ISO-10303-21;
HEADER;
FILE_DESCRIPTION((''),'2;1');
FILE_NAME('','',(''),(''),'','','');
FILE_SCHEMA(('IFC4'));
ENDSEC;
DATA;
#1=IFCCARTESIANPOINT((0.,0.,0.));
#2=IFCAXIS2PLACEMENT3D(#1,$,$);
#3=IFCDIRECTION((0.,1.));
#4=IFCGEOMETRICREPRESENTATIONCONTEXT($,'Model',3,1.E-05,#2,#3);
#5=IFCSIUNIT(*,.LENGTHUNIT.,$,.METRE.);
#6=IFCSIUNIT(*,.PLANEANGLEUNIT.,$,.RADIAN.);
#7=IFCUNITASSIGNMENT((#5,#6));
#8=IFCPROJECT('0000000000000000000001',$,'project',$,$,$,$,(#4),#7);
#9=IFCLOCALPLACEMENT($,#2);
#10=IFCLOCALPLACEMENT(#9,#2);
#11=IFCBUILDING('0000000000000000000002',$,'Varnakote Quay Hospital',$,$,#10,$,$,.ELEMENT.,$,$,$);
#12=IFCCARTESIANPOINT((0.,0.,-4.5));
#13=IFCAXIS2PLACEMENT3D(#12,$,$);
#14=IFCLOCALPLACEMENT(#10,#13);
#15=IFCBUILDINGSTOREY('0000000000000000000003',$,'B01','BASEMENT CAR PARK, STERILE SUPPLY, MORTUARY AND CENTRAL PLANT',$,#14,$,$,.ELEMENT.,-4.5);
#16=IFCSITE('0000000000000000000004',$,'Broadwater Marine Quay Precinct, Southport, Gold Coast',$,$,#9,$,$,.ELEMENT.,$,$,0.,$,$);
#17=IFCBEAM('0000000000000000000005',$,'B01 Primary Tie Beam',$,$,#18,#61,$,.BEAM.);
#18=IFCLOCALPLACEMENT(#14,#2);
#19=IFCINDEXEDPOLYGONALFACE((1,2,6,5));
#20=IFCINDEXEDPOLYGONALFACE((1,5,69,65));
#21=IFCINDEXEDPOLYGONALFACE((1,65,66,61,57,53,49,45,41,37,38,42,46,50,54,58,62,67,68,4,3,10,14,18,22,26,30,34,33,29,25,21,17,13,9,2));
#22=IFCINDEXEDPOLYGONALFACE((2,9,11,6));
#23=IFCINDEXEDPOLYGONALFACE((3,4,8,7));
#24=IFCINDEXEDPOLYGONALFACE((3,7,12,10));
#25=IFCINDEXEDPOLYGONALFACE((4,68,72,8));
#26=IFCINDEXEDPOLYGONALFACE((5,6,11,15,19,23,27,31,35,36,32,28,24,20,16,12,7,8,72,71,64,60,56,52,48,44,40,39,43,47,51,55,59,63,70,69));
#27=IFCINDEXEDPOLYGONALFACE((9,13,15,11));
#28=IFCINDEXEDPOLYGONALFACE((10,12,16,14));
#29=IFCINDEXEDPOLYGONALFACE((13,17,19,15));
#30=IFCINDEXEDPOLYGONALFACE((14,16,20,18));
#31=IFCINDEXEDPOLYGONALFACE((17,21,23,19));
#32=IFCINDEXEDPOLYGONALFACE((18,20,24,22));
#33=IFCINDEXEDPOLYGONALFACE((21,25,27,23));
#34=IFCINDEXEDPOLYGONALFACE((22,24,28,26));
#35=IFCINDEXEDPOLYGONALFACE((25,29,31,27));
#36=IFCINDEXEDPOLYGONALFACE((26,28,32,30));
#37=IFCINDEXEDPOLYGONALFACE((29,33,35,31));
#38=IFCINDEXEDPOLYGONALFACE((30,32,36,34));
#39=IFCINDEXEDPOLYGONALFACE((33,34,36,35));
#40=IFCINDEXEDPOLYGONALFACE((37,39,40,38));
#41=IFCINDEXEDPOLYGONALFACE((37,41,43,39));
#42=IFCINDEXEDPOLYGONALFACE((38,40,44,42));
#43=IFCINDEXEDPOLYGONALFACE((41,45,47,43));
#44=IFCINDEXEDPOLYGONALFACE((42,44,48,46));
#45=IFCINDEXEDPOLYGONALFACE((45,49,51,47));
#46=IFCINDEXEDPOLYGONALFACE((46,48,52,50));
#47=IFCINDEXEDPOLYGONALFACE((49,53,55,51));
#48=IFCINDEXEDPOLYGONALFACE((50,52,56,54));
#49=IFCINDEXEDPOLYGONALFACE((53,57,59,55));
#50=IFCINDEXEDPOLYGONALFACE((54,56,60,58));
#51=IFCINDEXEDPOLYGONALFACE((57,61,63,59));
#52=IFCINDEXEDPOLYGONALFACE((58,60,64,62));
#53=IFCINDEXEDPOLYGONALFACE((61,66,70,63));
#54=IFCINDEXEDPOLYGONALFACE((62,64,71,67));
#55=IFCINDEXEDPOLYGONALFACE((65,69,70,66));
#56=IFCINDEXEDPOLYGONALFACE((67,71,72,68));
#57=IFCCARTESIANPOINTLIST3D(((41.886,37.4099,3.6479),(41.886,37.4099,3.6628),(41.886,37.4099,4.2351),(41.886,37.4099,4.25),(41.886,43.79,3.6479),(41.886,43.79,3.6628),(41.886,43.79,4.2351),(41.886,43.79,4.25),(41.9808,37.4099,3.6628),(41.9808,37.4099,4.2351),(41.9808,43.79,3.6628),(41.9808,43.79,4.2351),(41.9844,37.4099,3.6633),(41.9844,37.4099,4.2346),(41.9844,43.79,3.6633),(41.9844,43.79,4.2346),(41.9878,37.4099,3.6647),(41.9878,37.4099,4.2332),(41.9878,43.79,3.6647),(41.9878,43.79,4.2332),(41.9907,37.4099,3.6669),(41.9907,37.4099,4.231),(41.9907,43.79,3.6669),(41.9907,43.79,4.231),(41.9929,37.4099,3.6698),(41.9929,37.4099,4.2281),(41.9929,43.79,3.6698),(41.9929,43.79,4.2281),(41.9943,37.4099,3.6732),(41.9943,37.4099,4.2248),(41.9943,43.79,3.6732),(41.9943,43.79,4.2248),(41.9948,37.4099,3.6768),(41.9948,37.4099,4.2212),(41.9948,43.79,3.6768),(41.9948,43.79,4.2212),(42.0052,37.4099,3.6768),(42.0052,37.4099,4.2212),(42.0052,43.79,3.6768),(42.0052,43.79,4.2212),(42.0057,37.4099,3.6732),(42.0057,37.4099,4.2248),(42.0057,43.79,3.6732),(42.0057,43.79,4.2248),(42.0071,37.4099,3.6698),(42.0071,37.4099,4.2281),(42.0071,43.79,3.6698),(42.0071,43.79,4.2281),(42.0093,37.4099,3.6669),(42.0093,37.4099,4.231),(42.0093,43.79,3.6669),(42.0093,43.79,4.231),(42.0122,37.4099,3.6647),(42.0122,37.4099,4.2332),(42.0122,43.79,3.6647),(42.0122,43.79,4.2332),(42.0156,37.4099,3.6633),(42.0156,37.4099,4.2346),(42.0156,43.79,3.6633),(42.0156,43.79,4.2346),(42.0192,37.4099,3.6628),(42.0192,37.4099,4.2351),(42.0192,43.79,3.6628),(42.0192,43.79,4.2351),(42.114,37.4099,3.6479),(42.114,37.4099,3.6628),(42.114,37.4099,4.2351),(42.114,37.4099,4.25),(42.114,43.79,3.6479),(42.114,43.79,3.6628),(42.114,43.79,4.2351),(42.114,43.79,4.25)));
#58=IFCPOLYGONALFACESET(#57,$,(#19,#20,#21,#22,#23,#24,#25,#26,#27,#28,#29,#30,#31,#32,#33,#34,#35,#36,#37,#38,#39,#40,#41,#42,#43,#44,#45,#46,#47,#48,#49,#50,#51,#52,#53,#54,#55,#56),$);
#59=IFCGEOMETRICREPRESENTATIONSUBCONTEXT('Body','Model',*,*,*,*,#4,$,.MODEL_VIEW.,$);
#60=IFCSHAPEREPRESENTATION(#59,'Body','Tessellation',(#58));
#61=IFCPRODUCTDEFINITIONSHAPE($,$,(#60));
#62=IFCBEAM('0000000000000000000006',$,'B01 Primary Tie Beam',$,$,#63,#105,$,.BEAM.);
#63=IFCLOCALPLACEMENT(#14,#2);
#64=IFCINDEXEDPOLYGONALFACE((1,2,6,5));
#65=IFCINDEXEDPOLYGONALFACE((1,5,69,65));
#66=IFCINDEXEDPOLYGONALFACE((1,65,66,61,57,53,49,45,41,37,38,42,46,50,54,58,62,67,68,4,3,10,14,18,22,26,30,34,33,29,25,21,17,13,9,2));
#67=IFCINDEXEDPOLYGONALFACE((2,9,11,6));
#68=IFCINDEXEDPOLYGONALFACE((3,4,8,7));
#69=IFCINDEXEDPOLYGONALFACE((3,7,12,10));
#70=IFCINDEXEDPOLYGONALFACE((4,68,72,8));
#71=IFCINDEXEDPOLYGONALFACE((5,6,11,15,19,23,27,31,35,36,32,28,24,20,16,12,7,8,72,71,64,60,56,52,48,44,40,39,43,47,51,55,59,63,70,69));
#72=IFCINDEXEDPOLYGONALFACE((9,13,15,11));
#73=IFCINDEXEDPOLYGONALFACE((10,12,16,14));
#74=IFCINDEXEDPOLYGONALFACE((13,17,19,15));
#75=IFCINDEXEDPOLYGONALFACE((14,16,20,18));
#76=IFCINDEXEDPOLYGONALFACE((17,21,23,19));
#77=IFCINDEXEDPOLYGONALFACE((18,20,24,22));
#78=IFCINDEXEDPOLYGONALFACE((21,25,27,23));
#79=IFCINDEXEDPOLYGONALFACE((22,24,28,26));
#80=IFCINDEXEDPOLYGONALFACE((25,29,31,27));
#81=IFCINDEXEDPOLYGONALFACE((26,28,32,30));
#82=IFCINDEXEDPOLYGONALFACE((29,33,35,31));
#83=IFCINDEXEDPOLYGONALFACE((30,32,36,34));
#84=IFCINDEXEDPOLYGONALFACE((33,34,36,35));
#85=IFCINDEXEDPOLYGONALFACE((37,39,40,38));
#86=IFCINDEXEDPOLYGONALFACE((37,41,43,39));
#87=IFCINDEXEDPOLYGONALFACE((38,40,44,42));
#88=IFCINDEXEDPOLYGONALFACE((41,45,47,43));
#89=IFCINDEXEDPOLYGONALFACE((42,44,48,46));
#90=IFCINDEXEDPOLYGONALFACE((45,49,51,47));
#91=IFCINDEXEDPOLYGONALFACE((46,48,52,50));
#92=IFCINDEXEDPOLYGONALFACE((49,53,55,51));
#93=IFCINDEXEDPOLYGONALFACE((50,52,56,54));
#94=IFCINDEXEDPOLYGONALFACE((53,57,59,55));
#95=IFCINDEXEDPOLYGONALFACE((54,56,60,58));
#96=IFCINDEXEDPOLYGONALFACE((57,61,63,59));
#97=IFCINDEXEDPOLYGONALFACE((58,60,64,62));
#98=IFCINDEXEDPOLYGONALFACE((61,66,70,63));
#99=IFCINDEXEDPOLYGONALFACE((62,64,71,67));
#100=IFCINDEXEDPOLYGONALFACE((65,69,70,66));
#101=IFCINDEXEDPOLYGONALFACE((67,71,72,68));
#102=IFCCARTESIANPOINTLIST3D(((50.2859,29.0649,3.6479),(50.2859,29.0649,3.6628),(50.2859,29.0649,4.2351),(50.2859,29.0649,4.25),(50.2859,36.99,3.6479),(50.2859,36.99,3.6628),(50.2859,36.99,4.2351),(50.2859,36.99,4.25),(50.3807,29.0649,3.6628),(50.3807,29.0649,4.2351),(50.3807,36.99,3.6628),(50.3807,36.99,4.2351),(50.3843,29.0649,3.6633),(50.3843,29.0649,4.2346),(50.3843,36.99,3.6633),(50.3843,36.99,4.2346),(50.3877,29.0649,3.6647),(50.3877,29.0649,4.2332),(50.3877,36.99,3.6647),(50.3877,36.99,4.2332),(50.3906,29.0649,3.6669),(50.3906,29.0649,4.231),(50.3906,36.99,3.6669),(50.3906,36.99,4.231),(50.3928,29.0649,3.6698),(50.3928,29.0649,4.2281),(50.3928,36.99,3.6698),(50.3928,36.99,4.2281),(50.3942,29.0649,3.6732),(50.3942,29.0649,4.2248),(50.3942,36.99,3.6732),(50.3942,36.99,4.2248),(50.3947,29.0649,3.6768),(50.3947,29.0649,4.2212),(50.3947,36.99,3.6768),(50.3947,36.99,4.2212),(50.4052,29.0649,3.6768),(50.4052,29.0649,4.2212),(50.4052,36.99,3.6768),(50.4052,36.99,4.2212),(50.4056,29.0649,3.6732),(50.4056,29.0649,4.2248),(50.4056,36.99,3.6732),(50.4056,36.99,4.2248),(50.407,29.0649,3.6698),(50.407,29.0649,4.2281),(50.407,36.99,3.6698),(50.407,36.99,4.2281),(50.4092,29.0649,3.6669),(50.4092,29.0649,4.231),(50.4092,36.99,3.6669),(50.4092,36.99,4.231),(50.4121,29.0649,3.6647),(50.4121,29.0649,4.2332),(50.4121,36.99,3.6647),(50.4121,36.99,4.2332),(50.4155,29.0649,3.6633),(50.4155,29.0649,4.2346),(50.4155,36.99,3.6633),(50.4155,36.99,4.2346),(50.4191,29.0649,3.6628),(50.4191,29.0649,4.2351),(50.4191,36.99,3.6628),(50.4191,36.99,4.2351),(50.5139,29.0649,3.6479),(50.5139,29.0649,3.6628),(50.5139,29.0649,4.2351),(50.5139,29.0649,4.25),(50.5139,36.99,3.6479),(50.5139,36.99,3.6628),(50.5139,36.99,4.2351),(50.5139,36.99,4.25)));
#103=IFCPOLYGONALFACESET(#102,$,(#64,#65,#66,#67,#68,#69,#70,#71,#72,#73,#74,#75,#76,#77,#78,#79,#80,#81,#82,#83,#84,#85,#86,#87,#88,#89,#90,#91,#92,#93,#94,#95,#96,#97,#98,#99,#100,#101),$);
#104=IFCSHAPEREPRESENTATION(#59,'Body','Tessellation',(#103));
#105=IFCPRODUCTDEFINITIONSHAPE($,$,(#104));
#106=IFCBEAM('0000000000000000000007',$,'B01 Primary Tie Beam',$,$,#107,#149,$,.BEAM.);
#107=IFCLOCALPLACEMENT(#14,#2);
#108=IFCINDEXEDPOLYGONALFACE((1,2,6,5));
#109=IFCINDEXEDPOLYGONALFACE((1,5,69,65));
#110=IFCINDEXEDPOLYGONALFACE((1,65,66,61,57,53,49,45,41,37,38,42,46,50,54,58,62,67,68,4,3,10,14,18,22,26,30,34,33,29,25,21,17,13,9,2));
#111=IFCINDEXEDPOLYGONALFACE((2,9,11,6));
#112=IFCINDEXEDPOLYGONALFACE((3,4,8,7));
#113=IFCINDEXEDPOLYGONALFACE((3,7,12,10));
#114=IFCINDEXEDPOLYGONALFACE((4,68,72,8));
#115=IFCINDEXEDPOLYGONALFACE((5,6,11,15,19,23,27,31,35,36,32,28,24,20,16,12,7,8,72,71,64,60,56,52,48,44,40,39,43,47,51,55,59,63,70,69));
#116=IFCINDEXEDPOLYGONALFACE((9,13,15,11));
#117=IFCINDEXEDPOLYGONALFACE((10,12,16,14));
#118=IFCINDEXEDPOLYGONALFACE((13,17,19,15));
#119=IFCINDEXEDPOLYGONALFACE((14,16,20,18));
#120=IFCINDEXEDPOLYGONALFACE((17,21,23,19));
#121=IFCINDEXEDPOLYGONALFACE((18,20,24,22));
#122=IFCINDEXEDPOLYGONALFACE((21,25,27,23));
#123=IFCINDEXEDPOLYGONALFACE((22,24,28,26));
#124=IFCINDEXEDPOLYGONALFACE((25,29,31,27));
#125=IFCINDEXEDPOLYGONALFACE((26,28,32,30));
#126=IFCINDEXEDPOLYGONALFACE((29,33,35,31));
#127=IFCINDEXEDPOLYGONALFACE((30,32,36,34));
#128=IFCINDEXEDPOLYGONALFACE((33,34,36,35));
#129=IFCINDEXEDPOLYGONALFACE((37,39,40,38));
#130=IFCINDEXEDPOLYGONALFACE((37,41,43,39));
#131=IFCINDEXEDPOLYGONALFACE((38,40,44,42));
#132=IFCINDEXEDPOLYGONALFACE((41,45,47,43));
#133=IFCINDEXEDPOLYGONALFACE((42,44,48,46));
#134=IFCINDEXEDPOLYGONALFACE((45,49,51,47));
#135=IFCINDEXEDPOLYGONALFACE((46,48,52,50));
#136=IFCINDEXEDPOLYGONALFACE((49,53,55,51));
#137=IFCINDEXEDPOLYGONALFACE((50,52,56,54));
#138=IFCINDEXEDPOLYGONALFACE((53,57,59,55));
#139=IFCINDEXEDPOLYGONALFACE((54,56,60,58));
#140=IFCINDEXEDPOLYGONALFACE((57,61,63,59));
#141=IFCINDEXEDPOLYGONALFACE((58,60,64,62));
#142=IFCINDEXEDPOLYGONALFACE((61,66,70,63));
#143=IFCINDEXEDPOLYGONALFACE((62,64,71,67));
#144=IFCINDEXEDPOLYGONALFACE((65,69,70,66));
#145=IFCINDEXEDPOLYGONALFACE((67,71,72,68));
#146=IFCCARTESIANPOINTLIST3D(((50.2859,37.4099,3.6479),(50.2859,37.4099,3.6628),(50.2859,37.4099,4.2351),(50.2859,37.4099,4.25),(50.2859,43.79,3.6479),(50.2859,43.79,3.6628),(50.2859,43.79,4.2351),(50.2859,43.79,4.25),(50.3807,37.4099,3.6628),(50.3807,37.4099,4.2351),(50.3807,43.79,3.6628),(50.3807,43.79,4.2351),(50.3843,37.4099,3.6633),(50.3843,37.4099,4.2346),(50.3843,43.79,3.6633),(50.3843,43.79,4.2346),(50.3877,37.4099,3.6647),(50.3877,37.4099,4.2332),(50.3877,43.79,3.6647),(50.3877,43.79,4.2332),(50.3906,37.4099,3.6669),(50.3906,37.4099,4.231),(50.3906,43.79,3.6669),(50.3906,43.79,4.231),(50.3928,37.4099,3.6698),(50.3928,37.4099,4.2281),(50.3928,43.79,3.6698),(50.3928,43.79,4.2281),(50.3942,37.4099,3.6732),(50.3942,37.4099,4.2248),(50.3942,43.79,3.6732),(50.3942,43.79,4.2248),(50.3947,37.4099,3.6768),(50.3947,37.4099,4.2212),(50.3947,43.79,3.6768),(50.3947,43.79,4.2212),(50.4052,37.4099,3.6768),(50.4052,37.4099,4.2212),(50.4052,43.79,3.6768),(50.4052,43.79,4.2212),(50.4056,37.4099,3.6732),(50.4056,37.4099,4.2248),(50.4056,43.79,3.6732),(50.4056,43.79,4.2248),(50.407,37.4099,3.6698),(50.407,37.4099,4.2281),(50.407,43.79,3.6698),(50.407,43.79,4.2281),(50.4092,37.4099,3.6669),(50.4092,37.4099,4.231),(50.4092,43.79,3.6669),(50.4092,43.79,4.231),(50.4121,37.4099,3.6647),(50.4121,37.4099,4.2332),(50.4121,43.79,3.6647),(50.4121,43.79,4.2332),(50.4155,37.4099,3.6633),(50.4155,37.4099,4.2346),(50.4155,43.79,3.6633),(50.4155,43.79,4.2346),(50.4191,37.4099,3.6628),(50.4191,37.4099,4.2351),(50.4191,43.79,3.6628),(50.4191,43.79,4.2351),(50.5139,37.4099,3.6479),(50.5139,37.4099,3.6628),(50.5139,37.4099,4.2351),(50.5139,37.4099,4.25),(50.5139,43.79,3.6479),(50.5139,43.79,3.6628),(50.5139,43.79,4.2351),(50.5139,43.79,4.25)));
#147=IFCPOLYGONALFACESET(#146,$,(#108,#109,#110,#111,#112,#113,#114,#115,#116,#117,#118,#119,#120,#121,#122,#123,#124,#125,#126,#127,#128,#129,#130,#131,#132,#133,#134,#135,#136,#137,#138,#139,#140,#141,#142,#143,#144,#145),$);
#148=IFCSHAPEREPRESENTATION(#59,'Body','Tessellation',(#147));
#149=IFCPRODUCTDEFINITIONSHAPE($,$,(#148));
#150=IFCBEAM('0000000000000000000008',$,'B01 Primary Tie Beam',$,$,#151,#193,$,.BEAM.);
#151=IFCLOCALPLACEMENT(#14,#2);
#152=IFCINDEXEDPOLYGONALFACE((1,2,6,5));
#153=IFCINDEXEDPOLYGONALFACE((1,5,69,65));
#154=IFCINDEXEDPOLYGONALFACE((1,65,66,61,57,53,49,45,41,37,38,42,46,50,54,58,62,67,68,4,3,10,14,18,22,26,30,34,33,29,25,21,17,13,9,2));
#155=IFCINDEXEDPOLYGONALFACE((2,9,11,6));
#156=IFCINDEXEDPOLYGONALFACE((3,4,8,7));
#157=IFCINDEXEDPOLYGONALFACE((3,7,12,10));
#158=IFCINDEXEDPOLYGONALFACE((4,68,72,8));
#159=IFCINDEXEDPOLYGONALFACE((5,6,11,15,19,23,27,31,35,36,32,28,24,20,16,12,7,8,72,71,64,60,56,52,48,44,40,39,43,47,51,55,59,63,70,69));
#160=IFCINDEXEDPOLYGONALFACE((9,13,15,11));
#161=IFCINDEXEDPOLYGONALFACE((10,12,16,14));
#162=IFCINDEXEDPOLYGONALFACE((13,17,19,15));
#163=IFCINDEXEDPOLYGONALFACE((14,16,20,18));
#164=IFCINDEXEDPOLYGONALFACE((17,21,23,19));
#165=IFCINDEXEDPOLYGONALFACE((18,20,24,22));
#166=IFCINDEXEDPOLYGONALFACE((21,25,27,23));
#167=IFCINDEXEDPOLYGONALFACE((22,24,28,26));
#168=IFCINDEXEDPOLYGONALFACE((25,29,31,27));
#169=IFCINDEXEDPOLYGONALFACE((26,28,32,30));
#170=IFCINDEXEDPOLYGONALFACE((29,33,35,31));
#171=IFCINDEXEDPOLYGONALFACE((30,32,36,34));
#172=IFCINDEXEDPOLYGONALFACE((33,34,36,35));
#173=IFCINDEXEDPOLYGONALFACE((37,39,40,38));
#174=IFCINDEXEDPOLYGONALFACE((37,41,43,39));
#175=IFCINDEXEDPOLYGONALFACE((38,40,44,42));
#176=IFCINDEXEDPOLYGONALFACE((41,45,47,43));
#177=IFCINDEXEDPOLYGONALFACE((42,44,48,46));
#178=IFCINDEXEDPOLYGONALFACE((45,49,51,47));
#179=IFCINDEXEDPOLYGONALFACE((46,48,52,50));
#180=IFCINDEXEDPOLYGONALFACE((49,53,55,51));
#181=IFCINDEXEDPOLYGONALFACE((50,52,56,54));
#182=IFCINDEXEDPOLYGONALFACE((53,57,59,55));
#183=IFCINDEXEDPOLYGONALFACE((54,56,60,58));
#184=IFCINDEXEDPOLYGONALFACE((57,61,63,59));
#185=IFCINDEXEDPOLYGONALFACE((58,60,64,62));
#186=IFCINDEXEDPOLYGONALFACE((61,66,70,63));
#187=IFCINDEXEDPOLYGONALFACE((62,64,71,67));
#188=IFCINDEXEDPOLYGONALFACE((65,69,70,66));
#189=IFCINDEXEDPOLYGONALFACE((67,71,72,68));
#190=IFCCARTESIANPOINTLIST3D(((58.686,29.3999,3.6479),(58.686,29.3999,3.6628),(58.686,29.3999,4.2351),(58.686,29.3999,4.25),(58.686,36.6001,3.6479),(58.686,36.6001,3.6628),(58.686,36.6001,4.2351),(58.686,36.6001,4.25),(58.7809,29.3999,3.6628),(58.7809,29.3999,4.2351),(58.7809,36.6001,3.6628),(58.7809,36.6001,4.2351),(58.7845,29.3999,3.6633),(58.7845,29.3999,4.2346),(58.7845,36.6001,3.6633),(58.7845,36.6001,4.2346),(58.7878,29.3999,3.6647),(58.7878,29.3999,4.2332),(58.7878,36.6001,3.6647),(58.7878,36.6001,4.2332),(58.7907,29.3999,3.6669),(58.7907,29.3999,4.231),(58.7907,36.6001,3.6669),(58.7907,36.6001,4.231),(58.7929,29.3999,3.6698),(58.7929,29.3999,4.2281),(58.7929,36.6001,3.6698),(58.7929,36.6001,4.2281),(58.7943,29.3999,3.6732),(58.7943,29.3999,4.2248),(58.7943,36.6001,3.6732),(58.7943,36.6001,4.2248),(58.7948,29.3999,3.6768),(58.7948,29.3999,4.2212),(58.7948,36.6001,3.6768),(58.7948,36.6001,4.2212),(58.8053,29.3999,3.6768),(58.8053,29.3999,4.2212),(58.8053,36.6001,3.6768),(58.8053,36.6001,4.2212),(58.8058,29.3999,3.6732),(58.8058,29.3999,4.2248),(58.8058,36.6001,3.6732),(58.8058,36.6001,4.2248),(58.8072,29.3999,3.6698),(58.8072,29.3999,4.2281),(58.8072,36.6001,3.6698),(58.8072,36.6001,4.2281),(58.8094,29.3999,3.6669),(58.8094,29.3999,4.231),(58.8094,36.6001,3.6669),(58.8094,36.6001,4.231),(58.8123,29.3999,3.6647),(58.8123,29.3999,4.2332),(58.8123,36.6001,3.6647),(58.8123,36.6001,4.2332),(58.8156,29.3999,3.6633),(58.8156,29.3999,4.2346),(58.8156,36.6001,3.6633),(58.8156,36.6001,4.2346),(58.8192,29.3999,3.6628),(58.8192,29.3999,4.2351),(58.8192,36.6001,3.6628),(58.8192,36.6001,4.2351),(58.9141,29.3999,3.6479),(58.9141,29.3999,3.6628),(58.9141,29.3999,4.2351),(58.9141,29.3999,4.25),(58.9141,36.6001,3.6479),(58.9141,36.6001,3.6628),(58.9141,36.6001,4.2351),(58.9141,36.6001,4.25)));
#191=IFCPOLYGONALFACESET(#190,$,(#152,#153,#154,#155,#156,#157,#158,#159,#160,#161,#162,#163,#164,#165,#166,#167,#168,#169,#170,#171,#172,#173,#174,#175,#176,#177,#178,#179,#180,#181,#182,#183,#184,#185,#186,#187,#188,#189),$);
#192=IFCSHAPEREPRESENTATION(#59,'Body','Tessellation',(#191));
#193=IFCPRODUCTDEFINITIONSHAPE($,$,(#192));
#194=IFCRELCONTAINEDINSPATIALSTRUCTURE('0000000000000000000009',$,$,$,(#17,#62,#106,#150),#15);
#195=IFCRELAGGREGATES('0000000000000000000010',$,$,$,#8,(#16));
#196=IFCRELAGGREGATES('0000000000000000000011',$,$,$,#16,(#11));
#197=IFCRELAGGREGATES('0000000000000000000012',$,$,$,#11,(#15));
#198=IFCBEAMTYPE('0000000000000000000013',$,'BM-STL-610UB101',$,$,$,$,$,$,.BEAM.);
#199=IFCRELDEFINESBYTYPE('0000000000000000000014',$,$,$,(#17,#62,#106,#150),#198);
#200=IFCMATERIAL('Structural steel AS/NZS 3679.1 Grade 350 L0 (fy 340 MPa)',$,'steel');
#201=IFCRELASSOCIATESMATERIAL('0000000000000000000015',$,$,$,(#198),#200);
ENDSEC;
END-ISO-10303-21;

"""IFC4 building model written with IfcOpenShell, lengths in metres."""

from ifc_helpers import new_model, si_unit, direction, frame, origin, origin_2d, place, context, subcontext, project, spatial, i_section, extrude, material, material_profile, profile_set, type_object, element, save


model = new_model("IFC4")

# Units and contexts
model_context = context("Model", 3, precision=1e-05, world=origin(), true_north=direction((0.0, 1.0)))
body_context = subcontext(model_context, "Body", "Model", "MODEL_VIEW")
ifc_project = project(units=[si_unit("LENGTHUNIT", "METRE"), si_unit("PLANEANGLEUNIT", "RADIAN")], contexts=[model_context])

# Site, building, storey
site_placement = place(None, origin())
site = spatial("IfcSite", under=ifc_project, at=site_placement, Name="Broadwater Marine Quay Precinct, Southport, Gold Coast", CompositionType="ELEMENT", RefElevation=0.0)
building_placement = place(site_placement, origin())
building = spatial("IfcBuilding", under=site, at=building_placement, Name="Varnakote Quay Hospital", CompositionType="ELEMENT")
storey_placement = place(building_placement, frame((0.0, 0.0, -4.5)))
storey = spatial("IfcBuildingStorey", under=building, at=storey_placement, Name="B01", Description="BASEMENT CAR PARK, STERILE SUPPLY, MORTUARY AND CENTRAL PLANT", CompositionType="ELEMENT", Elevation=-4.5)

# Beams
ifc_material_1 = material(Name="Structural steel AS/NZS 3679.1 Grade 350 L0 (fy 340 MPa)", Category="steel")
ifc_material_profile_1 = material_profile(ifc_material_1, i_section(OverallWidth=0.228, OverallDepth=0.6021, WebThickness=0.0105, FlangeThickness=0.0149, FilletRadius=0.0139, at=origin_2d()), Name="610UB101")
ifc_profile_set_1 = profile_set([ifc_material_profile_1], Name="Structural steel AS/NZS 3679.1 Grade 350 L0 (fy 340 MPa)")
beam_type_1 = type_object("IfcBeamType", Name="BM-STL-610UB101", PredefinedType="BEAM", material=ifc_profile_set_1)
beam_1_placement = place(storey_placement, frame((42.0, 37.4099, 3.949), z_axis=(0.0, 1.0, 0.0), x_axis=(-1.0, 0.0, 0.0)))
element("IfcBeam", 1, at=beam_1_placement, inside=storey, type_object=beam_type_1, Name="B01 Primary Tie Beam", PredefinedType="BEAM", context=body_context, shape_type="SweptSolid", body=[
    extrude(i_section(OverallWidth=0.228, OverallDepth=0.6021, WebThickness=0.0105, FlangeThickness=0.0149, FilletRadius=0.0139, at=origin_2d()), origin(), (0.0, 0.0, 1.0), 6.3801),
])
beam_2_placement = place(storey_placement, frame((50.3999, 29.0649, 3.949), z_axis=(0.0, 1.0, 0.0), x_axis=(-1.0, 0.0, 0.0)))
element("IfcBeam", 2, at=beam_2_placement, inside=storey, type_object=beam_type_1, Name="B01 Primary Tie Beam", PredefinedType="BEAM", context=body_context, shape_type="SweptSolid", body=[
    extrude(i_section(OverallWidth=0.228, OverallDepth=0.6021, WebThickness=0.0105, FlangeThickness=0.0149, FilletRadius=0.0139, at=origin_2d()), origin(), (0.0, 0.0, 1.0), 7.925),
])
beam_3_placement = place(storey_placement, frame((50.3999, 37.4099, 3.949), z_axis=(0.0, 1.0, 0.0), x_axis=(-1.0, 0.0, 0.0)))
element("IfcBeam", 3, at=beam_3_placement, inside=storey, type_object=beam_type_1, Name="B01 Primary Tie Beam", PredefinedType="BEAM", context=body_context, shape_type="SweptSolid", body=[
    extrude(i_section(OverallWidth=0.228, OverallDepth=0.6021, WebThickness=0.0105, FlangeThickness=0.0149, FilletRadius=0.0139, at=origin_2d()), origin(), (0.0, 0.0, 1.0), 6.3801),
])
beam_4_placement = place(storey_placement, frame((58.8, 29.3999, 3.949), z_axis=(0.0, 1.0, 0.0), x_axis=(-1.0, 0.0, 0.0)))
element("IfcBeam", 4, at=beam_4_placement, inside=storey, type_object=beam_type_1, Name="B01 Primary Tie Beam", PredefinedType="BEAM", context=body_context, shape_type="SweptSolid", body=[
    extrude(i_section(OverallWidth=0.228, OverallDepth=0.6021, WebThickness=0.0105, FlangeThickness=0.0149, FilletRadius=0.0139, at=origin_2d()), origin(), (0.0, 0.0, 1.0), 7.2002),
])

save(model, "model.ifc")
